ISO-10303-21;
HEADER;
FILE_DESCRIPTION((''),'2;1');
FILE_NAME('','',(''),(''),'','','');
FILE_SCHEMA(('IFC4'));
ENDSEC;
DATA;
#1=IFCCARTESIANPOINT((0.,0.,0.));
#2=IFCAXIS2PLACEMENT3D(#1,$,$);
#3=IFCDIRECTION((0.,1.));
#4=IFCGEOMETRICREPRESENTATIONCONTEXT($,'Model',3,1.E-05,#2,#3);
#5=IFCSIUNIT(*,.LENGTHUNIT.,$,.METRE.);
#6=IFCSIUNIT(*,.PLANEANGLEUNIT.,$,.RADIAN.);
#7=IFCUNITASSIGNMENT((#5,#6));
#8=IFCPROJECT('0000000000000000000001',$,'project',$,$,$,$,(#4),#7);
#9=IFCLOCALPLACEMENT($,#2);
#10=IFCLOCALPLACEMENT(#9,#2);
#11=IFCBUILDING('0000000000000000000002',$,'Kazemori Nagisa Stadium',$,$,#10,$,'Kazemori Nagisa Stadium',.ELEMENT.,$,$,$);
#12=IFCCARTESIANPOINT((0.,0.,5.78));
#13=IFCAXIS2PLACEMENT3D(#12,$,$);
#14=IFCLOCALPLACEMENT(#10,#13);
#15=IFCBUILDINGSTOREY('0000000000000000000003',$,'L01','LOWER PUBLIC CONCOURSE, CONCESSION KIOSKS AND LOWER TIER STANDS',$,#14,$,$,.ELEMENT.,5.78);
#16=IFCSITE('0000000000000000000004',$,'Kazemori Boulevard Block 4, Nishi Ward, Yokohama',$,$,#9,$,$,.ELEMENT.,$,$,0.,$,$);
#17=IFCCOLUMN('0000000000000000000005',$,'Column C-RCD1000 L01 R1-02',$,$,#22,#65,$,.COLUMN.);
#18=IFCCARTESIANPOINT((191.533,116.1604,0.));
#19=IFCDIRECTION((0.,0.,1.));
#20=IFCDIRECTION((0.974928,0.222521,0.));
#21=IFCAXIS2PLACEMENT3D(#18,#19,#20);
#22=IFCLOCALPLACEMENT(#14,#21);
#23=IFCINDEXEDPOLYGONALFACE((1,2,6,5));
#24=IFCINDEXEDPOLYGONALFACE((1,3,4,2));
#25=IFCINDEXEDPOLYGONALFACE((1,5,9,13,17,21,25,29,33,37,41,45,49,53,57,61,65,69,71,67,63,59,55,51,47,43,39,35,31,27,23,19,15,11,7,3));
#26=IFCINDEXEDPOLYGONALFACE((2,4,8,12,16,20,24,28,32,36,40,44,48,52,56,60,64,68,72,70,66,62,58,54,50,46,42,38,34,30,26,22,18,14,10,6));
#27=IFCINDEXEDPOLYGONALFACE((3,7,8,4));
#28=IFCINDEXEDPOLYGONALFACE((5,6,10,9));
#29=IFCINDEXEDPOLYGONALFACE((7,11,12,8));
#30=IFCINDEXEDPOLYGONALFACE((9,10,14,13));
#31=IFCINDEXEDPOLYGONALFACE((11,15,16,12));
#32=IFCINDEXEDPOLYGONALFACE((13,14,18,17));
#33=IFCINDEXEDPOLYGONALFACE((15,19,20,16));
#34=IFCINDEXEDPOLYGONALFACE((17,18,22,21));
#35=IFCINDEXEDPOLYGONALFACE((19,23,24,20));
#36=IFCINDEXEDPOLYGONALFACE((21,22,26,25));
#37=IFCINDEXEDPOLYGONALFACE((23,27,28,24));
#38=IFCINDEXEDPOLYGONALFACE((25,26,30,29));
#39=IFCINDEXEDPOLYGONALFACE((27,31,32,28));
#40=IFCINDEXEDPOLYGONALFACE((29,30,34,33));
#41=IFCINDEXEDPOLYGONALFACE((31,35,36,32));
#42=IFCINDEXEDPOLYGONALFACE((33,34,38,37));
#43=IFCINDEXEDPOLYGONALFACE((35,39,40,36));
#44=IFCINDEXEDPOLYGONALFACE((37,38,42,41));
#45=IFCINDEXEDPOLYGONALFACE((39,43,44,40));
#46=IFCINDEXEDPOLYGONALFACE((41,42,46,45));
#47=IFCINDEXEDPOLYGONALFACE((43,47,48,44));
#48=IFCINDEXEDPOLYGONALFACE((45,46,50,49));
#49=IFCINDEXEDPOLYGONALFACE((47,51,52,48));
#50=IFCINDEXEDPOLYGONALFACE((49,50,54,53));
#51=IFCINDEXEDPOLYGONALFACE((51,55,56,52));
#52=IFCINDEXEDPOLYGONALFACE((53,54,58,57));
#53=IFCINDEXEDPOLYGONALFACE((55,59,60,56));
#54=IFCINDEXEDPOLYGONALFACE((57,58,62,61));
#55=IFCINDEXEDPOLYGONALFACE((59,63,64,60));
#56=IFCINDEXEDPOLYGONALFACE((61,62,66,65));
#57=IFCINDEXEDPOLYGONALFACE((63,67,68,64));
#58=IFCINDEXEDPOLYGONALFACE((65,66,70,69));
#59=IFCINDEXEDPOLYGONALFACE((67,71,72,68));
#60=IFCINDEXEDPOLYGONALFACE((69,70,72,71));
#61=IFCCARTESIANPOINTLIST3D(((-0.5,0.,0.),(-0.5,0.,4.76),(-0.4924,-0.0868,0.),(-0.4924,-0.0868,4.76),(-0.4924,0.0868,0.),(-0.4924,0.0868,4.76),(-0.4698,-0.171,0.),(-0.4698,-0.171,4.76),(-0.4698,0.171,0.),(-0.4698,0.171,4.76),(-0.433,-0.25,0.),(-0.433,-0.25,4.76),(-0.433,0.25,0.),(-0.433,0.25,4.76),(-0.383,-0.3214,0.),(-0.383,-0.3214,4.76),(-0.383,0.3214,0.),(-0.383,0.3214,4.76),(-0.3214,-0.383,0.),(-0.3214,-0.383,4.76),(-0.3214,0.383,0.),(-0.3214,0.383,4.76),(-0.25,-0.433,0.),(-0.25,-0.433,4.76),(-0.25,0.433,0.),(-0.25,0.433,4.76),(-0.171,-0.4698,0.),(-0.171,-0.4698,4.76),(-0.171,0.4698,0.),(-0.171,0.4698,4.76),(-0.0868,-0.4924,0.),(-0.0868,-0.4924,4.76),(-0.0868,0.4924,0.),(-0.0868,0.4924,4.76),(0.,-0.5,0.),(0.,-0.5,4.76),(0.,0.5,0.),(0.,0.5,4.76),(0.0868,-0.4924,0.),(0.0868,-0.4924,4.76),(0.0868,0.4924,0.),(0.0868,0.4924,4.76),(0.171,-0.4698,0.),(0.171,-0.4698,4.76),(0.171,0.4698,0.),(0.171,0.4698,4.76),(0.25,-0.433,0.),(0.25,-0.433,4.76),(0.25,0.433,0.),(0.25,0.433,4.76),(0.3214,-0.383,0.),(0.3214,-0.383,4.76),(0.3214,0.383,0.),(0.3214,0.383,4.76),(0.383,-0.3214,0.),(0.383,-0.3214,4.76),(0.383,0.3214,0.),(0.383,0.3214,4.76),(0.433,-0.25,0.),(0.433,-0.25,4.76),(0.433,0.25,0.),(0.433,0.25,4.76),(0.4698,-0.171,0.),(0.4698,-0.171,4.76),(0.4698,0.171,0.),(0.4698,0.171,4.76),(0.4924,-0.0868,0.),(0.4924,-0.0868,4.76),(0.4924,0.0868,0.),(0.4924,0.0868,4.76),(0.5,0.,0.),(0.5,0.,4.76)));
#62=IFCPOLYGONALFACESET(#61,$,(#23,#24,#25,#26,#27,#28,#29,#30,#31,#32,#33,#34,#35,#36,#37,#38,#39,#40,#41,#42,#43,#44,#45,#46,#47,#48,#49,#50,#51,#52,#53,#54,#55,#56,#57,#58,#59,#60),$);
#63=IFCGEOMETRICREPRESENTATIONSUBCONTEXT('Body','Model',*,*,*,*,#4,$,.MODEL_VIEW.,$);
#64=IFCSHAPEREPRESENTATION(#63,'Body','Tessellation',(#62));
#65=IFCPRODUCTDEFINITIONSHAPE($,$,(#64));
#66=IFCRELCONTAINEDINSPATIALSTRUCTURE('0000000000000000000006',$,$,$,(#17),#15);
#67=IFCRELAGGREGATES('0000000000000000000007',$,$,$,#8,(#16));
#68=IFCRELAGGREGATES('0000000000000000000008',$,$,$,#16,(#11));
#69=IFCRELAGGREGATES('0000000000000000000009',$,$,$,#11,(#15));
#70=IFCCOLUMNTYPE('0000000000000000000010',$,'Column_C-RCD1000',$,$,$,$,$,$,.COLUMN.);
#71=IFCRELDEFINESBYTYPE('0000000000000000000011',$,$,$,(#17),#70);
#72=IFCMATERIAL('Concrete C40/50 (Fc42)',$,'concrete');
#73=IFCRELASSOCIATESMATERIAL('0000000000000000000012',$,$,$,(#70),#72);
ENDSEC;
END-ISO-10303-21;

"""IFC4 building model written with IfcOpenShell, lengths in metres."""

from ifc_helpers import new_model, si_unit, direction, frame, origin, origin_2d, place, context, subcontext, project, spatial, circle, extrude, material, material_profile, profile_set, type_object, element, save


model = new_model("IFC4")

# Units and contexts
model_context = context("Model", 3, precision=1e-05, world=origin(), true_north=direction((0.0, 1.0)))
body_context = subcontext(model_context, "Body", "Model", "MODEL_VIEW")
ifc_project = project(units=[si_unit("LENGTHUNIT", "METRE"), si_unit("PLANEANGLEUNIT", "RADIAN")], contexts=[model_context])

# Site, building, storey
site_placement = place(None, origin())
site = spatial("IfcSite", under=ifc_project, at=site_placement, Name="Kazemori Boulevard Block 4, Nishi Ward, Yokohama", CompositionType="ELEMENT", RefElevation=0.0)
building_placement = place(site_placement, origin())
building = spatial("IfcBuilding", under=site, at=building_placement, Name="Kazemori Nagisa Stadium", LongName="Kazemori Nagisa Stadium", CompositionType="ELEMENT")
storey_placement = place(building_placement, frame((0.0, 0.0, 5.78)))
storey = spatial("IfcBuildingStorey", under=building, at=storey_placement, Name="L01", Description="LOWER PUBLIC CONCOURSE, CONCESSION KIOSKS AND LOWER TIER STANDS", CompositionType="ELEMENT", Elevation=5.78)

# Column
ifc_material_1 = material(Name="Concrete C40/50 (Fc42)", Category="concrete")
ifc_material_profile_1 = material_profile(ifc_material_1, circle(Radius=0.5, at=origin_2d()), Name="RC-COL-D1000")
ifc_profile_set_1 = profile_set([ifc_material_profile_1], Name="Concrete C40/50 (Fc42)")
column_type = type_object("IfcColumnType", Name="Column_C-RCD1000", PredefinedType="COLUMN", material=ifc_profile_set_1)
column_placement = place(storey_placement, frame((191.533, 116.1604, 0.0), z_axis=(0.0, 0.0, 1.0), x_axis=(0.974928, 0.222521, 0.0)))
element("IfcColumn", 1, at=column_placement, inside=storey, type_object=column_type, Name="Column C-RCD1000 L01 R1-02", PredefinedType="COLUMN", context=body_context, shape_type="SweptSolid", body=[
    extrude(circle(Radius=0.5, at=origin_2d()), origin(), (0.0, 0.0, 1.0), 4.76),
])

save(model, "model.ifc")
